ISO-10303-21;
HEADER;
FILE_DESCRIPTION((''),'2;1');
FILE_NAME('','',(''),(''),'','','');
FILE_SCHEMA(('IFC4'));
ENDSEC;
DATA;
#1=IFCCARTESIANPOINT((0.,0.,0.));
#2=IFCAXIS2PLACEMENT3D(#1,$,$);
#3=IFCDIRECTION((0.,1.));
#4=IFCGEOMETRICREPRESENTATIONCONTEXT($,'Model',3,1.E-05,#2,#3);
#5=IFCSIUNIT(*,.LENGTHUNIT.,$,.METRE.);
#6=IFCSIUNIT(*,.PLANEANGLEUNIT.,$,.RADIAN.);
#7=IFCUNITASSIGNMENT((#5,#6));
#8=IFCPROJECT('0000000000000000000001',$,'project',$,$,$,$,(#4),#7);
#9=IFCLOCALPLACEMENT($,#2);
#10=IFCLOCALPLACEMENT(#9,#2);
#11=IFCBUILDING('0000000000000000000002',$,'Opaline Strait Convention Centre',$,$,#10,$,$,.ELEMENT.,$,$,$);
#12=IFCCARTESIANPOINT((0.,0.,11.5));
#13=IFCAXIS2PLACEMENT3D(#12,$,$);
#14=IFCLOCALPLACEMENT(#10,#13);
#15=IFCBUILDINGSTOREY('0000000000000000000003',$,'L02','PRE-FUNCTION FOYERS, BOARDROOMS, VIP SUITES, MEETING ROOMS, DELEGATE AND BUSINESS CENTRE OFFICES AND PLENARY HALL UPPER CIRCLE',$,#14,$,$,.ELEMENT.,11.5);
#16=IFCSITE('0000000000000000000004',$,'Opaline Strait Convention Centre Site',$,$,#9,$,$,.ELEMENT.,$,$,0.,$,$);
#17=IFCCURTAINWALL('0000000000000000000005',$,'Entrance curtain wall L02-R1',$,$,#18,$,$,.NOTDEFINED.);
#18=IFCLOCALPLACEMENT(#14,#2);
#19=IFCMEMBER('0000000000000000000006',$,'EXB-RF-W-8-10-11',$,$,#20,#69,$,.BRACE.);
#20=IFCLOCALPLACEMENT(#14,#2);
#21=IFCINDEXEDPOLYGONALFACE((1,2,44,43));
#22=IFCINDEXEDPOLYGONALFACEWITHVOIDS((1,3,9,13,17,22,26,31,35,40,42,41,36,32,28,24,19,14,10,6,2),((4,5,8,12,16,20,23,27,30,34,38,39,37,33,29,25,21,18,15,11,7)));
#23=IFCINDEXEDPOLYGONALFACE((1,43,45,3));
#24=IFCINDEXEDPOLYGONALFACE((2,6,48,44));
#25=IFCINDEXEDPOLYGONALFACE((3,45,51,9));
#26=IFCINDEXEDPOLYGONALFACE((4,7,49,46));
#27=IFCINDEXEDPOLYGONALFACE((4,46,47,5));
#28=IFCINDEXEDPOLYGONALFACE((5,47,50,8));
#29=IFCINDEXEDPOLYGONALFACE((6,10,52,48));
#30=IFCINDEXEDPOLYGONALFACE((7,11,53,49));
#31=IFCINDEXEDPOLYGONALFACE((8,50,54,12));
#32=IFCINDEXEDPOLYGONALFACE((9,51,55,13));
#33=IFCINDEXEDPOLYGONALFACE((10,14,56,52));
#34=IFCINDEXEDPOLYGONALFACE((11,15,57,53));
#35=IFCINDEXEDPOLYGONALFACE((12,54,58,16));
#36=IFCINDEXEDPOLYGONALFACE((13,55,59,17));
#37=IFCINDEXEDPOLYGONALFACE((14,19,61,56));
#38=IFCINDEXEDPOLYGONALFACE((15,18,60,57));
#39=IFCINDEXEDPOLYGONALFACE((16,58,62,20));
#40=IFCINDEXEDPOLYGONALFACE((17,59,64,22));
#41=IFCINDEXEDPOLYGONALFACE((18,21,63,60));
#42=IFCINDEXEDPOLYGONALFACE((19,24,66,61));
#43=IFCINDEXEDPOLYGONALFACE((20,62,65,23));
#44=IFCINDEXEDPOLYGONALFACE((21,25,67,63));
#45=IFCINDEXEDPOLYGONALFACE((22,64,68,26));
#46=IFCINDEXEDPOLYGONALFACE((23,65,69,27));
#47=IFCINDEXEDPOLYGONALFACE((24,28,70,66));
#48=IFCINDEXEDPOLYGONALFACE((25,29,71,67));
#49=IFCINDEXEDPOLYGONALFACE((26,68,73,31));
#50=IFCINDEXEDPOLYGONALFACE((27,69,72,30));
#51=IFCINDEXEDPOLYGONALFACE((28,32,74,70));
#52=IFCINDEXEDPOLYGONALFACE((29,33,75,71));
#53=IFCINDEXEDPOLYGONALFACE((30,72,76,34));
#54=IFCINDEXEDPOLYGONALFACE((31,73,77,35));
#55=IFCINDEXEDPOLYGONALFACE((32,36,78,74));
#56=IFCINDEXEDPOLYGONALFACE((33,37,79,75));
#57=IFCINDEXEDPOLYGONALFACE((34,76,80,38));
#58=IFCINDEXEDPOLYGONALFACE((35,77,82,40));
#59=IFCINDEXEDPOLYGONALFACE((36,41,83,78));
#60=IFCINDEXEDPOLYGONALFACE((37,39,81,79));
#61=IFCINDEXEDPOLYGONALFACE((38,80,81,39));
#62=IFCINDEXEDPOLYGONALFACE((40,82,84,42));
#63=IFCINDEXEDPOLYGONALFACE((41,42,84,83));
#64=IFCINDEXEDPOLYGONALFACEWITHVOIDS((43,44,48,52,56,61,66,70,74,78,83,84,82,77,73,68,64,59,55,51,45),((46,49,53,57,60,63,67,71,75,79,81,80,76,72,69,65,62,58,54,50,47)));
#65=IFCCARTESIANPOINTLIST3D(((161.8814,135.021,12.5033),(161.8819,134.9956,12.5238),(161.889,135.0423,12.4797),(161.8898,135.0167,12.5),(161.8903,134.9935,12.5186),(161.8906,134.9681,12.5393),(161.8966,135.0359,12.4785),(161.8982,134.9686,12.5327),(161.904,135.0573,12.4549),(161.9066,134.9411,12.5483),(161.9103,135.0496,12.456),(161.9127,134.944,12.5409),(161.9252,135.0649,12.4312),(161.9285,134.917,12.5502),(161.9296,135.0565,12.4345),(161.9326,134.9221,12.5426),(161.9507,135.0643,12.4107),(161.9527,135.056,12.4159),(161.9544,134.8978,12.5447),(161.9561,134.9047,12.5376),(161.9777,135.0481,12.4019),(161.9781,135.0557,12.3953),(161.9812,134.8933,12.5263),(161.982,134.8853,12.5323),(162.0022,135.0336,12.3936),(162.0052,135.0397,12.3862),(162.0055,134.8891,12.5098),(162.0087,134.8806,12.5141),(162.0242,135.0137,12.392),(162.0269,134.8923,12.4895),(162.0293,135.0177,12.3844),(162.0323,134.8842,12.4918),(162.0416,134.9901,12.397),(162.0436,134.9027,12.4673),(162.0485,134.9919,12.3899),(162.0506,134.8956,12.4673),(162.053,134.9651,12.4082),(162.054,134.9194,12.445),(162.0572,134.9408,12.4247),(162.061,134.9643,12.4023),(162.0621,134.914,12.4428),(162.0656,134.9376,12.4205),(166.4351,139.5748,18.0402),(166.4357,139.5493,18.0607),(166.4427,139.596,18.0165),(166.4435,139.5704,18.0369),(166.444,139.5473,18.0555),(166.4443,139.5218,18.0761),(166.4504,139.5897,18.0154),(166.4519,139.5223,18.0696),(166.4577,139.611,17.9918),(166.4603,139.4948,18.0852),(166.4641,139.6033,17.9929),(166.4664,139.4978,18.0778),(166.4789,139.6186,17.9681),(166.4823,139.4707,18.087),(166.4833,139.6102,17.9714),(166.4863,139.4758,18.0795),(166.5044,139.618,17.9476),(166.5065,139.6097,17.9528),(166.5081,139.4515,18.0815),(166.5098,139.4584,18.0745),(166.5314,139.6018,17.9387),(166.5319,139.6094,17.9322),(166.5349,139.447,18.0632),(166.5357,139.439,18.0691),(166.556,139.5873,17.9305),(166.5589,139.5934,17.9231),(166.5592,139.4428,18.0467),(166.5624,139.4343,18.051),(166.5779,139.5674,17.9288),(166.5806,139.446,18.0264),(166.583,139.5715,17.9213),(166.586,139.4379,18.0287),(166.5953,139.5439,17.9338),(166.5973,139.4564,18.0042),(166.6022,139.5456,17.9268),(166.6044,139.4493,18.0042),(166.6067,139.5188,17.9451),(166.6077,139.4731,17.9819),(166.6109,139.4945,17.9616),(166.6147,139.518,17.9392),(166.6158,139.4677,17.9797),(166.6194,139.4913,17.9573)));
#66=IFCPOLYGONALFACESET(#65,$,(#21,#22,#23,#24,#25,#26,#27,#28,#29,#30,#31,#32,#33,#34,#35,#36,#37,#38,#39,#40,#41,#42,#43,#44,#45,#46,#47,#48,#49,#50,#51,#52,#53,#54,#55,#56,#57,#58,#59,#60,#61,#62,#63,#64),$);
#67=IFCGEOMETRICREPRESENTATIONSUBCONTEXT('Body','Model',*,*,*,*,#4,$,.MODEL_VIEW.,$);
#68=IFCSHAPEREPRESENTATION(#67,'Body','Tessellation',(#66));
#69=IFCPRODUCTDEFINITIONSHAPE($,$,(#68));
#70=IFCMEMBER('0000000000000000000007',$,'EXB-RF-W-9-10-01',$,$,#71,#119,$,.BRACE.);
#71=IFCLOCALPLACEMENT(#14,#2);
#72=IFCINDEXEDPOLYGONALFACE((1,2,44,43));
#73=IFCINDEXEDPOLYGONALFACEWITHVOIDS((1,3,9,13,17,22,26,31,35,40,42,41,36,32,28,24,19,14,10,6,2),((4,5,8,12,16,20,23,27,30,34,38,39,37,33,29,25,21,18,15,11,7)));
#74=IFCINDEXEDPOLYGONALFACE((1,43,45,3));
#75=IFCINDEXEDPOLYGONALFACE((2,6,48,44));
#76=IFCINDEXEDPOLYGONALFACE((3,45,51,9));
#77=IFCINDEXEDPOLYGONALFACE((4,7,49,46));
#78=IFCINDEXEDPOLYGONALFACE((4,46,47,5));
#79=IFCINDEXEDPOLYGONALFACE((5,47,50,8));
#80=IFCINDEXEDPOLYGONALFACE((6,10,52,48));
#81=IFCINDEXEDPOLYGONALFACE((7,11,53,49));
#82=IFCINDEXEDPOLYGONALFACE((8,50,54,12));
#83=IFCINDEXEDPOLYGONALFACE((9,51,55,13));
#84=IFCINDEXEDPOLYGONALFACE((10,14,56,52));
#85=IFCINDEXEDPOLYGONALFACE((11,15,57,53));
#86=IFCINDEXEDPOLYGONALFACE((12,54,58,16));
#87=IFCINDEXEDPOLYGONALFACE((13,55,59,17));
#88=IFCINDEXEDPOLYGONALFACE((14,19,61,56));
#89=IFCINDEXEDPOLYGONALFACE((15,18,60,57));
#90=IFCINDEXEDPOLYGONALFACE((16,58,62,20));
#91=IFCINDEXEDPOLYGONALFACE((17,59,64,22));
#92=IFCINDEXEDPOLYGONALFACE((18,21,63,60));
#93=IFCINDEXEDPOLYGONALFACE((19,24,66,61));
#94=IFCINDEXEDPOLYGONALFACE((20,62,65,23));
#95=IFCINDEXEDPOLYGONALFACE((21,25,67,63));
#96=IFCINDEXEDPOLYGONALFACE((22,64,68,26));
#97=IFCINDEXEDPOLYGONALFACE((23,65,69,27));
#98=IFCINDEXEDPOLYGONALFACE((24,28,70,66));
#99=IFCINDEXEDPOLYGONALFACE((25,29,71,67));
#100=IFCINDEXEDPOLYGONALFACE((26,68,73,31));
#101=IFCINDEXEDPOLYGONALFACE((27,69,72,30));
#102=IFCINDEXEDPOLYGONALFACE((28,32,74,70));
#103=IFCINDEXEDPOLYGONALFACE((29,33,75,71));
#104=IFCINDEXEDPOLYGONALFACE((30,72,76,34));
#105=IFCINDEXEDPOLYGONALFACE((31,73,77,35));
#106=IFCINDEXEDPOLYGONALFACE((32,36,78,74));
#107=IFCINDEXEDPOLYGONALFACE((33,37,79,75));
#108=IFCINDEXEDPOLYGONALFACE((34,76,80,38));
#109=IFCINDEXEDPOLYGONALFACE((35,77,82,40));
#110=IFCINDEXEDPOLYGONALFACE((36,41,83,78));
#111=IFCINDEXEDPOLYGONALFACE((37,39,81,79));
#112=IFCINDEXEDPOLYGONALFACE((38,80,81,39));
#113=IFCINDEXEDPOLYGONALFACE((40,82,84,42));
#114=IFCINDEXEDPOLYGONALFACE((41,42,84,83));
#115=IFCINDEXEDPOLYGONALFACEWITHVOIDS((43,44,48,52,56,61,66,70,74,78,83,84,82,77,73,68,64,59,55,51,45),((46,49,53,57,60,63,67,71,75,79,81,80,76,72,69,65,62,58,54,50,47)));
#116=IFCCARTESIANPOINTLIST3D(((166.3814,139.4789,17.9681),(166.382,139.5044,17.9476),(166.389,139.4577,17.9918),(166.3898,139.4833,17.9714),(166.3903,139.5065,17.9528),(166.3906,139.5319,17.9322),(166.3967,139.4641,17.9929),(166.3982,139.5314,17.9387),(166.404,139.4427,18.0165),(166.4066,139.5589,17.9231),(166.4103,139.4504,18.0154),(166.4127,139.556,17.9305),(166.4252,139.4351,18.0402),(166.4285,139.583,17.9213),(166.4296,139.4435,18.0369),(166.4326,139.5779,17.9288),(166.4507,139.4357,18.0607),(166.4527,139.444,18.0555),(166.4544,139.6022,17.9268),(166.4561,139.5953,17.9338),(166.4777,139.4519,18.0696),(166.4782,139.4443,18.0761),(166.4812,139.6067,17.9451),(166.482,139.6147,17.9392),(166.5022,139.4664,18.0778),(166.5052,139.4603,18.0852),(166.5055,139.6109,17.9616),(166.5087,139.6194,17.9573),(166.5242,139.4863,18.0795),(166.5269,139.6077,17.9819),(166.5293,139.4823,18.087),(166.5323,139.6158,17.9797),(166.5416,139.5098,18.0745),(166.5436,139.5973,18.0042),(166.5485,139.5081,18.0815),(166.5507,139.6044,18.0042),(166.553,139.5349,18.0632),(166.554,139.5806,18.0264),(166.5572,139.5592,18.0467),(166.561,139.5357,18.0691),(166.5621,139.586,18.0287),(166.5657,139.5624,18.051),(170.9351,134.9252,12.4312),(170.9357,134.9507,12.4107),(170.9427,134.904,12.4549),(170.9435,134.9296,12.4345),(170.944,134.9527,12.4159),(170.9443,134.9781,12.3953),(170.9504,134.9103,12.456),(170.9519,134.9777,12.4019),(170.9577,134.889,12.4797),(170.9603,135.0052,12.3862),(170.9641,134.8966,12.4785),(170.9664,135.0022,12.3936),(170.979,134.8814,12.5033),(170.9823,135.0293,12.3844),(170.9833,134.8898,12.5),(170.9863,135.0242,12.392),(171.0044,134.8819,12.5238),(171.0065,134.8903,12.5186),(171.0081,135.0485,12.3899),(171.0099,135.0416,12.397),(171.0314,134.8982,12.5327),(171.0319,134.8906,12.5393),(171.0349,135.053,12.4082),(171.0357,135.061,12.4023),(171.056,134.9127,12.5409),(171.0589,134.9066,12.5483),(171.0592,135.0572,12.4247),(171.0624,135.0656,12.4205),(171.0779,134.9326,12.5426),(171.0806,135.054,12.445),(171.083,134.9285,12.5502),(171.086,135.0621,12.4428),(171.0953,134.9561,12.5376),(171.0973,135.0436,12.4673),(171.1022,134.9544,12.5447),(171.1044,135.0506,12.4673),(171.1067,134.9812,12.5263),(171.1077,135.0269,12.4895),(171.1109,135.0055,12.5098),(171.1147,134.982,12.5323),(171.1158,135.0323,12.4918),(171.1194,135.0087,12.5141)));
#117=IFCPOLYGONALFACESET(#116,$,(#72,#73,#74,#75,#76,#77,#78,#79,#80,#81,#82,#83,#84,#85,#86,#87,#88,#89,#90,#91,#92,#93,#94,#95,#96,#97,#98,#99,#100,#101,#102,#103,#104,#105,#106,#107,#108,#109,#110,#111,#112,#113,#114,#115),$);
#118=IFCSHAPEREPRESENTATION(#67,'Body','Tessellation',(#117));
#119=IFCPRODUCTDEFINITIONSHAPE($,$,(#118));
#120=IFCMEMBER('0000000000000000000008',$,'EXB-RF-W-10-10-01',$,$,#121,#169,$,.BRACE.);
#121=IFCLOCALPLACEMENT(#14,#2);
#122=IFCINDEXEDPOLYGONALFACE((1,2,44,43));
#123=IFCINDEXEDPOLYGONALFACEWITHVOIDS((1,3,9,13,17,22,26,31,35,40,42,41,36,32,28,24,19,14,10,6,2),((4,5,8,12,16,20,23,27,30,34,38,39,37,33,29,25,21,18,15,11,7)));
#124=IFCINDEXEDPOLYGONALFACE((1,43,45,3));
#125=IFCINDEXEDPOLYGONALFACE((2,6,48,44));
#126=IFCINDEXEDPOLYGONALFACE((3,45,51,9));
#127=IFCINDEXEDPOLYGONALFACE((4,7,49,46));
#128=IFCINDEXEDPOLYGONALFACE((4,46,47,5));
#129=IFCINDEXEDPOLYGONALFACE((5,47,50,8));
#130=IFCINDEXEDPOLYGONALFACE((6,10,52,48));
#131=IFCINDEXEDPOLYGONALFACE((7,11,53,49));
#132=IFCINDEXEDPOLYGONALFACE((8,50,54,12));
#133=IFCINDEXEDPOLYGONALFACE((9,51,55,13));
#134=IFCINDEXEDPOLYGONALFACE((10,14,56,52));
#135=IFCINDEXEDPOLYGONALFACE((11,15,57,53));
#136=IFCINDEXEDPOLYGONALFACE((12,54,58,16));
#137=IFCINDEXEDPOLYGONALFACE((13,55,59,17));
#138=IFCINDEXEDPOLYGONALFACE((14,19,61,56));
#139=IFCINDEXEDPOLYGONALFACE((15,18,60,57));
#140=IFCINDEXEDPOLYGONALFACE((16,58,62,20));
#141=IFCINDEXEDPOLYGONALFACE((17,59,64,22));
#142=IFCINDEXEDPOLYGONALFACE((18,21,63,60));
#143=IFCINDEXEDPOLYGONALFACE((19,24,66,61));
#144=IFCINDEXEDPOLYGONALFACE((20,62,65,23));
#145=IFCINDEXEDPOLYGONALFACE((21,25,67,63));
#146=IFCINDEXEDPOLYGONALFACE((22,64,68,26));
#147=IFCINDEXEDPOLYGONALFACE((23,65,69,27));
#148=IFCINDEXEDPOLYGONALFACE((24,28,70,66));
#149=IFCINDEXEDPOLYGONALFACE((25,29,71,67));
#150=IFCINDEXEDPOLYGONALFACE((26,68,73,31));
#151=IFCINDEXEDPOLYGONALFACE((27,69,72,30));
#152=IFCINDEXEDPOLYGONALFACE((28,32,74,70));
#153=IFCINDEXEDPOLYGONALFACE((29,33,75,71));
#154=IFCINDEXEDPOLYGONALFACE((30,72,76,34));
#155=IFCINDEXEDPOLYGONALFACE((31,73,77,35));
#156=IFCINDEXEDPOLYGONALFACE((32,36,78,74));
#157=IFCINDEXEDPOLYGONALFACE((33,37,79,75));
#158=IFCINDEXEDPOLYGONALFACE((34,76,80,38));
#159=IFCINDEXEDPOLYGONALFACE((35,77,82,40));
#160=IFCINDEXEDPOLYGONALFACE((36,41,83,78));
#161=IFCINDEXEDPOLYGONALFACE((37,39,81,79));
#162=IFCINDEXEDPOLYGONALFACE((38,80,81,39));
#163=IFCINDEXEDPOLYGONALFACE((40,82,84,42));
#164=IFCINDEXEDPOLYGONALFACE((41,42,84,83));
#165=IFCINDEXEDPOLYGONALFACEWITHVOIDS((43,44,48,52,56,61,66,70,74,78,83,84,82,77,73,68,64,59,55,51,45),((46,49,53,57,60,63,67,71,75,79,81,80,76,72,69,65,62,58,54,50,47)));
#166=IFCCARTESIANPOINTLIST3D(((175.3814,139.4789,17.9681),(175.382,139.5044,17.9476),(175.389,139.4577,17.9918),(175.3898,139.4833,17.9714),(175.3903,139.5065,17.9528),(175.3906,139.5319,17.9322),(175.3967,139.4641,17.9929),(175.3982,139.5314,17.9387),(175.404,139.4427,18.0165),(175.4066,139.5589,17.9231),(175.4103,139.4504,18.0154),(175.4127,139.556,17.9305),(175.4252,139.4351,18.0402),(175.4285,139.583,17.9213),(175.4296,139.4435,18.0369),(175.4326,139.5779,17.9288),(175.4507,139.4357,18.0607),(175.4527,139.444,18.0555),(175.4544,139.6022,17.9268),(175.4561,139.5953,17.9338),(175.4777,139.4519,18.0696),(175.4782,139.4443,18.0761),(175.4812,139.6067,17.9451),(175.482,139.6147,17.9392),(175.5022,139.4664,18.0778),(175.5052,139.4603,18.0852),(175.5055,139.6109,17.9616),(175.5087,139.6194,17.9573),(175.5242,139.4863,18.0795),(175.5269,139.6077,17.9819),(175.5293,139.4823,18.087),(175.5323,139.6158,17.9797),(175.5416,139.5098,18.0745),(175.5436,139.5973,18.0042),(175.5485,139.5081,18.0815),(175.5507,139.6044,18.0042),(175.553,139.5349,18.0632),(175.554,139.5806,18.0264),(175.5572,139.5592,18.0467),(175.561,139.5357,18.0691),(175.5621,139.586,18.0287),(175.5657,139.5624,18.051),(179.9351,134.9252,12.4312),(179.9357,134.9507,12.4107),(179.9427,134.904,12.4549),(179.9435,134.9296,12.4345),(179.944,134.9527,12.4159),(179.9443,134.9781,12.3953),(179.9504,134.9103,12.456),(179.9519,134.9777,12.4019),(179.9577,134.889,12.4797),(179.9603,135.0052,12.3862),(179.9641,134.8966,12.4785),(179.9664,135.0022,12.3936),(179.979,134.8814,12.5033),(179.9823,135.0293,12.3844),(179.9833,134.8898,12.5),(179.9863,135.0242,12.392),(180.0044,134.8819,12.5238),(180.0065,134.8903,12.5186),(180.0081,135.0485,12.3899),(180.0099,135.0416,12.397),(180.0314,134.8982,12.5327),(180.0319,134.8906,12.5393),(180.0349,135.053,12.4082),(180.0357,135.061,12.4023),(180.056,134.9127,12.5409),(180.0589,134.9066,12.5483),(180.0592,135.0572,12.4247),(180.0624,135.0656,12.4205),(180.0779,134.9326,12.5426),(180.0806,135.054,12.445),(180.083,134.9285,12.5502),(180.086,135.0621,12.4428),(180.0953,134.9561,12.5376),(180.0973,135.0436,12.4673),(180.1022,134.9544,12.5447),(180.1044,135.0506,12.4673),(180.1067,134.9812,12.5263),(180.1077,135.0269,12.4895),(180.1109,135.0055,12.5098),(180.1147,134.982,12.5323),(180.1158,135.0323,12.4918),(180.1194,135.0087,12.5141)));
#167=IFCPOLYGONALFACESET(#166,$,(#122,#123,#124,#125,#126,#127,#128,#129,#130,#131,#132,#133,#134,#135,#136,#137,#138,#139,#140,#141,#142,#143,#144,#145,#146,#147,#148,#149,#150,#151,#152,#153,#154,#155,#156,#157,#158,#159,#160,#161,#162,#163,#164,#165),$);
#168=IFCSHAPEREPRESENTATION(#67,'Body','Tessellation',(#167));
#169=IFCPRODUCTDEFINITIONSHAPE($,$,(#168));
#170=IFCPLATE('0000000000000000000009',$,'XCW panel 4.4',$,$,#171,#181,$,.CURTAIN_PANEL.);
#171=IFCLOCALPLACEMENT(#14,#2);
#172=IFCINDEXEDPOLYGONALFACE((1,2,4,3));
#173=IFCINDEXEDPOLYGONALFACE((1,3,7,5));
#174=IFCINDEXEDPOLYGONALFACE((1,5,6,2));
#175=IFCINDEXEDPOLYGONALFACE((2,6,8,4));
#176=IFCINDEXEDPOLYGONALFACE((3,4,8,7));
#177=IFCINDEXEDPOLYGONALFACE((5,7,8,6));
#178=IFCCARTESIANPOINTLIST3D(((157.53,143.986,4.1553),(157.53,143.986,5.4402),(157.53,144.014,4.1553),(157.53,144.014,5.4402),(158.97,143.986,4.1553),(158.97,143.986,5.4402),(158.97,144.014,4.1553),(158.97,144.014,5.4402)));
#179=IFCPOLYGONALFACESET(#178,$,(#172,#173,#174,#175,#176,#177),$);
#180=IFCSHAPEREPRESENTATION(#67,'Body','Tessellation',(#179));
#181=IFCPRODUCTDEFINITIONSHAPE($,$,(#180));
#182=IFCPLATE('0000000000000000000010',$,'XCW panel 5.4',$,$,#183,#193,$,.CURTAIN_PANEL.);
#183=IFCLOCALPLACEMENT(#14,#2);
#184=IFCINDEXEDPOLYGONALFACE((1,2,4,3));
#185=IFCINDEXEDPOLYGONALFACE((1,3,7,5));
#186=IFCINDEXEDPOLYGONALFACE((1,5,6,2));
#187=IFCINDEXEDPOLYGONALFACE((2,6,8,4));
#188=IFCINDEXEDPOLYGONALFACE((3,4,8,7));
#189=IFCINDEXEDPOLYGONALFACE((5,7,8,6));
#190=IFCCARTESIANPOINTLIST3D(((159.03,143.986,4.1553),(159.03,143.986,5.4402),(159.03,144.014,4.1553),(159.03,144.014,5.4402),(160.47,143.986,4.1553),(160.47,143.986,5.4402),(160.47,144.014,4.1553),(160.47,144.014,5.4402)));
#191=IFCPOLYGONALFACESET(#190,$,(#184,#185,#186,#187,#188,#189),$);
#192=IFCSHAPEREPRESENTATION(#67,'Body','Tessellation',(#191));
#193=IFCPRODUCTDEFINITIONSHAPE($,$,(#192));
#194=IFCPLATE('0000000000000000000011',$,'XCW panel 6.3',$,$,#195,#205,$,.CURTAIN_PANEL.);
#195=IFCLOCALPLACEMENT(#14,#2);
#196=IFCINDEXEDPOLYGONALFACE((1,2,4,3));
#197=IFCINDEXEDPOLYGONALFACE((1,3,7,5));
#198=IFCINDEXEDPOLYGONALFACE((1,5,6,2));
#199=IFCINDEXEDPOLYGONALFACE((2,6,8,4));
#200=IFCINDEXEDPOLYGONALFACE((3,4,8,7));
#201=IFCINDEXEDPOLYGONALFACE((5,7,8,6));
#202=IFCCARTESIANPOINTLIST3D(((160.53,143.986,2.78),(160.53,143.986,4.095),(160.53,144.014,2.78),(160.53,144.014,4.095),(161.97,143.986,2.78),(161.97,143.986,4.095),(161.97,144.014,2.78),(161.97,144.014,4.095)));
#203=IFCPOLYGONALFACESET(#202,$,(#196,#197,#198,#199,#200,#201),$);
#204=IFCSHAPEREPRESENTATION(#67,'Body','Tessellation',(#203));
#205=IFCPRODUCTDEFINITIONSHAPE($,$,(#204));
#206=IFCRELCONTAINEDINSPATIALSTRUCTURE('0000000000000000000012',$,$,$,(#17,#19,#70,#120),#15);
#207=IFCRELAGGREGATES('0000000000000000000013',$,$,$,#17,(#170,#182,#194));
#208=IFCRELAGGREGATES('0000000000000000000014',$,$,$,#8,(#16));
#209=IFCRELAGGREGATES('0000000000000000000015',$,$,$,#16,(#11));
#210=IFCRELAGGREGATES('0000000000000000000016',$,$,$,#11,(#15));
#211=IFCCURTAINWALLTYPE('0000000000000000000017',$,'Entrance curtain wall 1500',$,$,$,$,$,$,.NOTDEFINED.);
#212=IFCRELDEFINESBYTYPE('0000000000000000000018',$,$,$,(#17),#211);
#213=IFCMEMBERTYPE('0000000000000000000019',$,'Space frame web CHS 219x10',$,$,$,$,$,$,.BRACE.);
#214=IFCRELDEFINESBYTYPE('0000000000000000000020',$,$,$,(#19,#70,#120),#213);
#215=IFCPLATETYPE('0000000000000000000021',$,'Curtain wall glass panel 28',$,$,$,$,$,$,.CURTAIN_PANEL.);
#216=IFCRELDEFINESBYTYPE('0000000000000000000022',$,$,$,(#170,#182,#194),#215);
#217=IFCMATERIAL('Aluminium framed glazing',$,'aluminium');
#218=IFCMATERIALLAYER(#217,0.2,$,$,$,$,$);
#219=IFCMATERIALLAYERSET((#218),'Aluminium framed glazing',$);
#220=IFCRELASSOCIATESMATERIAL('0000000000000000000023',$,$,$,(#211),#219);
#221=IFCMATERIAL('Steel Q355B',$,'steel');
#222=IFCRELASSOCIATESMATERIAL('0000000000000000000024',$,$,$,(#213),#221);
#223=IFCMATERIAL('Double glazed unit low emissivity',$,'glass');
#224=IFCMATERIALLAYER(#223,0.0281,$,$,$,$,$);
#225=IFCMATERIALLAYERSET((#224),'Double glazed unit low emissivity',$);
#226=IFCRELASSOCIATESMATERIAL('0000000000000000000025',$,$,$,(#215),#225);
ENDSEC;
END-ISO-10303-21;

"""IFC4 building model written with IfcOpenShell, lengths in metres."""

from ifc_helpers import new_model, si_unit, direction, frame, origin, origin_2d, place, context, subcontext, project, spatial, rectangle, hollow_circle, extrude, material, layer, layer_set, material_profile, profile_set, type_object, element, aggregate, save


model = new_model("IFC4")

# Units and contexts
model_context = context("Model", 3, precision=1e-05, world=origin(), true_north=direction((0.0, 1.0)))
body_context = subcontext(model_context, "Body", "Model", "MODEL_VIEW")
ifc_project = project(units=[si_unit("LENGTHUNIT", "METRE"), si_unit("PLANEANGLEUNIT", "RADIAN")], contexts=[model_context])

# Site, building, storey
site_placement = place(None, origin())
site = spatial("IfcSite", under=ifc_project, at=site_placement, Name="Opaline Strait Convention Centre Site", CompositionType="ELEMENT", RefElevation=0.0)
building_placement = place(site_placement, origin())
building = spatial("IfcBuilding", under=site, at=building_placement, Name="Opaline Strait Convention Centre", CompositionType="ELEMENT")
storey_placement = place(building_placement, frame((0.0, 0.0, 11.5)))
storey = spatial("IfcBuildingStorey", under=building, at=storey_placement, Name="L02", Description="PRE-FUNCTION FOYERS, BOARDROOMS, VIP SUITES, MEETING ROOMS, DELEGATE AND BUSINESS CENTRE OFFICES AND PLENARY HALL UPPER CIRCLE", CompositionType="ELEMENT", Elevation=11.5)

# Curtain wall
ifc_material_1 = material(Name="Aluminium framed glazing", Category="aluminium")
ifc_layer_1 = layer(ifc_material_1, 0.2)
ifc_layer_set_1 = layer_set([ifc_layer_1], Name="Aluminium framed glazing")
curtain_wall_type = type_object("IfcCurtainWallType", Name="Entrance curtain wall 1500", PredefinedType="NOTDEFINED", material=ifc_layer_set_1)
curtain_wall_placement = place(storey_placement, origin())
curtain_wall = element("IfcCurtainWall", 1, at=curtain_wall_placement, inside=storey, type_object=curtain_wall_type, Name="Entrance curtain wall L02-R1", PredefinedType="NOTDEFINED")

# Members
ifc_material_2 = material(Name="Steel Q355B", Category="steel")
ifc_material_profile_1 = material_profile(ifc_material_2, hollow_circle(Radius=0.1096, WallThickness=0.01, at=origin_2d()), Name="CHS 219x10")
ifc_profile_set_1 = profile_set([ifc_material_profile_1], Name="Steel Q355B")
member_type_1 = type_object("IfcMemberType", Name="Space frame web CHS 219x10", PredefinedType="BRACE", material=ifc_profile_set_1)
for number, where, z_axis, x_axis, name in (
    (2, (166.5269, 139.5269, 18.0042), (-0.536178, -0.536178, -0.65194), (0.707107, -0.707107, 0.0), "EXB-RF-W-8-10-11"),
    (3, (166.4731, 139.5269, 18.0042), (0.536178, -0.536178, -0.65194), (0.707107, 0.707107, 0.0), "EXB-RF-W-9-10-01"),
    (4, (175.4731, 139.5269, 18.0042), (0.536178, -0.536178, -0.65194), (0.707107, 0.707107, 0.0), "EXB-RF-W-10-10-01"),
):
    element("IfcMember", number, at=place(storey_placement, frame(where, z_axis=z_axis, x_axis=x_axis)), inside=storey, type_object=member_type_1, Name=name, PredefinedType="BRACE", context=body_context, shape_type="SweptSolid", body=[
        extrude(hollow_circle(Radius=0.1096, WallThickness=0.01, at=origin_2d()), origin(), (0.0, 0.0, 1.0), 8.4929),
    ])

# Plates
ifc_material_3 = material(Name="Double glazed unit low emissivity", Category="glass")
ifc_layer_2 = layer(ifc_material_3, 0.0281)
ifc_layer_set_2 = layer_set([ifc_layer_2], Name="Double glazed unit low emissivity")
plate_type = type_object("IfcPlateType", Name="Curtain wall glass panel 28", PredefinedType="CURTAIN_PANEL", material=ifc_layer_set_2)
plate_1_placement = place(storey_placement, frame((158.25, 144.0, 4.1553), z_axis=(0.0, 0.0, 1.0), x_axis=(1.0, 0.0, 0.0)))
plate_1 = element("IfcPlate", 5, at=plate_1_placement, type_object=plate_type, Name="XCW panel 4.4", PredefinedType="CURTAIN_PANEL", context=body_context, shape_type="SweptSolid", body=[
    extrude(rectangle(XDim=1.4399, YDim=0.0281, at=origin_2d()), origin(), (0.0, 0.0, 1.0), 1.2849),
])
plate_2_placement = place(storey_placement, frame((159.75, 144.0, 4.1553), z_axis=(0.0, 0.0, 1.0), x_axis=(1.0, 0.0, 0.0)))
plate_2 = element("IfcPlate", 6, at=plate_2_placement, type_object=plate_type, Name="XCW panel 5.4", PredefinedType="CURTAIN_PANEL", context=body_context, shape_type="SweptSolid", body=[
    extrude(rectangle(XDim=1.4399, YDim=0.0281, at=origin_2d()), origin(), (0.0, 0.0, 1.0), 1.2849),
])
plate_3_placement = place(storey_placement, frame((161.25, 144.0, 2.78), z_axis=(0.0, 0.0, 1.0), x_axis=(1.0, 0.0, 0.0)))
plate_3 = element("IfcPlate", 7, at=plate_3_placement, type_object=plate_type, Name="XCW panel 6.3", PredefinedType="CURTAIN_PANEL", context=body_context, shape_type="SweptSolid", body=[
    extrude(rectangle(XDim=1.4399, YDim=0.0281, at=origin_2d()), origin(), (0.0, 0.0, 1.0), 1.3149),
])
aggregate(curtain_wall, [plate_1, plate_2, plate_3])

save(model, "model.ifc")
